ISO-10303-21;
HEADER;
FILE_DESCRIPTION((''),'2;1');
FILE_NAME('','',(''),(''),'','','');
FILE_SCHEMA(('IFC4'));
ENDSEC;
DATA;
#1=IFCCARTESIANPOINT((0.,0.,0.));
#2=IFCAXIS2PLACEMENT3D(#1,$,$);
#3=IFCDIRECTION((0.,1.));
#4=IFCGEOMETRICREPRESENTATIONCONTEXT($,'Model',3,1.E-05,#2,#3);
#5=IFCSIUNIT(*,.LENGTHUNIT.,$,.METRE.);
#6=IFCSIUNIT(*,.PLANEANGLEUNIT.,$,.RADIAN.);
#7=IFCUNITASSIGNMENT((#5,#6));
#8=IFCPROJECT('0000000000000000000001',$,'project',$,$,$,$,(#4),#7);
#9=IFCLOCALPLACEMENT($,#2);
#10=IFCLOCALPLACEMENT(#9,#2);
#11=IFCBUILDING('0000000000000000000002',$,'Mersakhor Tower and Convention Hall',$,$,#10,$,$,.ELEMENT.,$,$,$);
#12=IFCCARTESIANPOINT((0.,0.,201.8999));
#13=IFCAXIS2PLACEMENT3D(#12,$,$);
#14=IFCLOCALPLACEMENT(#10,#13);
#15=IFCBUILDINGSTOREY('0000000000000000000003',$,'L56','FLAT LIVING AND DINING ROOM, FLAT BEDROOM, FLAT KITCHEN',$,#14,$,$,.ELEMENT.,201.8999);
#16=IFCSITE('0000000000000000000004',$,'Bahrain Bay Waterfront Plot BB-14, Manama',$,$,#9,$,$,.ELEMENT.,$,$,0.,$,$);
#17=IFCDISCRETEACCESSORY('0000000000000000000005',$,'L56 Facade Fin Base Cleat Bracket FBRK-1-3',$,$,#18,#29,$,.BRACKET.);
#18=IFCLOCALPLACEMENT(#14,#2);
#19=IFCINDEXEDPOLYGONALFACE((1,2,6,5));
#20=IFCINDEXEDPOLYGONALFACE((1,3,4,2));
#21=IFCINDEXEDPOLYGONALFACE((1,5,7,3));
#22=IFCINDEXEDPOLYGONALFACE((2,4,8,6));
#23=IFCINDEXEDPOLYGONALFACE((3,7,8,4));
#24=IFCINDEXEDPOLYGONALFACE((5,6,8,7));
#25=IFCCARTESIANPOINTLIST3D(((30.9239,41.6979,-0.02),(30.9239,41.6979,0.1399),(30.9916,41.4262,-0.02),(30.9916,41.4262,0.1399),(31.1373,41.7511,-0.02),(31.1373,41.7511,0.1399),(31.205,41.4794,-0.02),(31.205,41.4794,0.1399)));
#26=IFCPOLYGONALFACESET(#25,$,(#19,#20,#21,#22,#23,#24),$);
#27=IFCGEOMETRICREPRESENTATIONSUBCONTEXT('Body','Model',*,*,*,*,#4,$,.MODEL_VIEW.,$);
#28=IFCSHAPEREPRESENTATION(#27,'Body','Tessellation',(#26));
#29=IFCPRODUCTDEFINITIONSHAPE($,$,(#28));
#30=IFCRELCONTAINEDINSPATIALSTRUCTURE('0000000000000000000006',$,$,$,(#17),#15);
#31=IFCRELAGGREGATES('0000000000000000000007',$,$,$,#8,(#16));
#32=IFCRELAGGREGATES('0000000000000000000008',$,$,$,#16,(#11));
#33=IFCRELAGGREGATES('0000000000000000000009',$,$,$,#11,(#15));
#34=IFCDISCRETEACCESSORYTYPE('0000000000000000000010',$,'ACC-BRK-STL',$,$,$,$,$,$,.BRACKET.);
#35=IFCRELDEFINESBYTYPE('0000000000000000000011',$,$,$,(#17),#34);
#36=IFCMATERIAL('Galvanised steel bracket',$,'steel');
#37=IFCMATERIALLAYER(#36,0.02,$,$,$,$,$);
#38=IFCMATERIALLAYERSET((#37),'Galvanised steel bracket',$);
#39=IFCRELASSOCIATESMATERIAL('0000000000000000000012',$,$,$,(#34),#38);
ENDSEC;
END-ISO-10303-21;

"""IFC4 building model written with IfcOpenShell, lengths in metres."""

from ifc_helpers import new_model, si_unit, direction, frame, origin, origin_2d, place, context, subcontext, project, spatial, rectangle, extrude, material, layer, layer_set, type_object, element, save


model = new_model("IFC4")

# Units and contexts
model_context = context("Model", 3, precision=1e-05, world=origin(), true_north=direction((0.0, 1.0)))
body_context = subcontext(model_context, "Body", "Model", "MODEL_VIEW")
ifc_project = project(units=[si_unit("LENGTHUNIT", "METRE"), si_unit("PLANEANGLEUNIT", "RADIAN")], contexts=[model_context])

# Site, building, storey
site_placement = place(None, origin())
site = spatial("IfcSite", under=ifc_project, at=site_placement, Name="Bahrain Bay Waterfront Plot BB-14, Manama", CompositionType="ELEMENT", RefElevation=0.0)
building_placement = place(site_placement, origin())
building = spatial("IfcBuilding", under=site, at=building_placement, Name="Mersakhor Tower and Convention Hall", CompositionType="ELEMENT")
storey_placement = place(building_placement, frame((0.0, 0.0, 201.8999)))
storey = spatial("IfcBuildingStorey", under=building, at=storey_placement, Name="L56", Description="FLAT LIVING AND DINING ROOM, FLAT BEDROOM, FLAT KITCHEN", CompositionType="ELEMENT", Elevation=201.8999)

# Discrete accessory
ifc_material_1 = material(Name="Galvanised steel bracket", Category="steel")
ifc_layer_1 = layer(ifc_material_1, 0.02)
ifc_layer_set_1 = layer_set([ifc_layer_1], Name="Galvanised steel bracket")
discrete_accessory_type = type_object("IfcDiscreteAccessoryType", Name="ACC-BRK-STL", PredefinedType="BRACKET", material=ifc_layer_set_1)
discrete_accessory_placement = place(storey_placement, frame((31.0645, 41.5886, -0.02), z_axis=(0.0, 0.0, 1.0), x_axis=(-0.241922, 0.970296, 0.0)))
element("IfcDiscreteAccessory", 1, at=discrete_accessory_placement, inside=storey, type_object=discrete_accessory_type, Name="L56 Facade Fin Base Cleat Bracket FBRK-1-3", PredefinedType="BRACKET", context=body_context, shape_type="SweptSolid", body=[
    extrude(rectangle(XDim=0.28, YDim=0.22, at=origin_2d()), origin(), (0.0, 0.0, 1.0), 0.1599),
])

save(model, "model.ifc")
